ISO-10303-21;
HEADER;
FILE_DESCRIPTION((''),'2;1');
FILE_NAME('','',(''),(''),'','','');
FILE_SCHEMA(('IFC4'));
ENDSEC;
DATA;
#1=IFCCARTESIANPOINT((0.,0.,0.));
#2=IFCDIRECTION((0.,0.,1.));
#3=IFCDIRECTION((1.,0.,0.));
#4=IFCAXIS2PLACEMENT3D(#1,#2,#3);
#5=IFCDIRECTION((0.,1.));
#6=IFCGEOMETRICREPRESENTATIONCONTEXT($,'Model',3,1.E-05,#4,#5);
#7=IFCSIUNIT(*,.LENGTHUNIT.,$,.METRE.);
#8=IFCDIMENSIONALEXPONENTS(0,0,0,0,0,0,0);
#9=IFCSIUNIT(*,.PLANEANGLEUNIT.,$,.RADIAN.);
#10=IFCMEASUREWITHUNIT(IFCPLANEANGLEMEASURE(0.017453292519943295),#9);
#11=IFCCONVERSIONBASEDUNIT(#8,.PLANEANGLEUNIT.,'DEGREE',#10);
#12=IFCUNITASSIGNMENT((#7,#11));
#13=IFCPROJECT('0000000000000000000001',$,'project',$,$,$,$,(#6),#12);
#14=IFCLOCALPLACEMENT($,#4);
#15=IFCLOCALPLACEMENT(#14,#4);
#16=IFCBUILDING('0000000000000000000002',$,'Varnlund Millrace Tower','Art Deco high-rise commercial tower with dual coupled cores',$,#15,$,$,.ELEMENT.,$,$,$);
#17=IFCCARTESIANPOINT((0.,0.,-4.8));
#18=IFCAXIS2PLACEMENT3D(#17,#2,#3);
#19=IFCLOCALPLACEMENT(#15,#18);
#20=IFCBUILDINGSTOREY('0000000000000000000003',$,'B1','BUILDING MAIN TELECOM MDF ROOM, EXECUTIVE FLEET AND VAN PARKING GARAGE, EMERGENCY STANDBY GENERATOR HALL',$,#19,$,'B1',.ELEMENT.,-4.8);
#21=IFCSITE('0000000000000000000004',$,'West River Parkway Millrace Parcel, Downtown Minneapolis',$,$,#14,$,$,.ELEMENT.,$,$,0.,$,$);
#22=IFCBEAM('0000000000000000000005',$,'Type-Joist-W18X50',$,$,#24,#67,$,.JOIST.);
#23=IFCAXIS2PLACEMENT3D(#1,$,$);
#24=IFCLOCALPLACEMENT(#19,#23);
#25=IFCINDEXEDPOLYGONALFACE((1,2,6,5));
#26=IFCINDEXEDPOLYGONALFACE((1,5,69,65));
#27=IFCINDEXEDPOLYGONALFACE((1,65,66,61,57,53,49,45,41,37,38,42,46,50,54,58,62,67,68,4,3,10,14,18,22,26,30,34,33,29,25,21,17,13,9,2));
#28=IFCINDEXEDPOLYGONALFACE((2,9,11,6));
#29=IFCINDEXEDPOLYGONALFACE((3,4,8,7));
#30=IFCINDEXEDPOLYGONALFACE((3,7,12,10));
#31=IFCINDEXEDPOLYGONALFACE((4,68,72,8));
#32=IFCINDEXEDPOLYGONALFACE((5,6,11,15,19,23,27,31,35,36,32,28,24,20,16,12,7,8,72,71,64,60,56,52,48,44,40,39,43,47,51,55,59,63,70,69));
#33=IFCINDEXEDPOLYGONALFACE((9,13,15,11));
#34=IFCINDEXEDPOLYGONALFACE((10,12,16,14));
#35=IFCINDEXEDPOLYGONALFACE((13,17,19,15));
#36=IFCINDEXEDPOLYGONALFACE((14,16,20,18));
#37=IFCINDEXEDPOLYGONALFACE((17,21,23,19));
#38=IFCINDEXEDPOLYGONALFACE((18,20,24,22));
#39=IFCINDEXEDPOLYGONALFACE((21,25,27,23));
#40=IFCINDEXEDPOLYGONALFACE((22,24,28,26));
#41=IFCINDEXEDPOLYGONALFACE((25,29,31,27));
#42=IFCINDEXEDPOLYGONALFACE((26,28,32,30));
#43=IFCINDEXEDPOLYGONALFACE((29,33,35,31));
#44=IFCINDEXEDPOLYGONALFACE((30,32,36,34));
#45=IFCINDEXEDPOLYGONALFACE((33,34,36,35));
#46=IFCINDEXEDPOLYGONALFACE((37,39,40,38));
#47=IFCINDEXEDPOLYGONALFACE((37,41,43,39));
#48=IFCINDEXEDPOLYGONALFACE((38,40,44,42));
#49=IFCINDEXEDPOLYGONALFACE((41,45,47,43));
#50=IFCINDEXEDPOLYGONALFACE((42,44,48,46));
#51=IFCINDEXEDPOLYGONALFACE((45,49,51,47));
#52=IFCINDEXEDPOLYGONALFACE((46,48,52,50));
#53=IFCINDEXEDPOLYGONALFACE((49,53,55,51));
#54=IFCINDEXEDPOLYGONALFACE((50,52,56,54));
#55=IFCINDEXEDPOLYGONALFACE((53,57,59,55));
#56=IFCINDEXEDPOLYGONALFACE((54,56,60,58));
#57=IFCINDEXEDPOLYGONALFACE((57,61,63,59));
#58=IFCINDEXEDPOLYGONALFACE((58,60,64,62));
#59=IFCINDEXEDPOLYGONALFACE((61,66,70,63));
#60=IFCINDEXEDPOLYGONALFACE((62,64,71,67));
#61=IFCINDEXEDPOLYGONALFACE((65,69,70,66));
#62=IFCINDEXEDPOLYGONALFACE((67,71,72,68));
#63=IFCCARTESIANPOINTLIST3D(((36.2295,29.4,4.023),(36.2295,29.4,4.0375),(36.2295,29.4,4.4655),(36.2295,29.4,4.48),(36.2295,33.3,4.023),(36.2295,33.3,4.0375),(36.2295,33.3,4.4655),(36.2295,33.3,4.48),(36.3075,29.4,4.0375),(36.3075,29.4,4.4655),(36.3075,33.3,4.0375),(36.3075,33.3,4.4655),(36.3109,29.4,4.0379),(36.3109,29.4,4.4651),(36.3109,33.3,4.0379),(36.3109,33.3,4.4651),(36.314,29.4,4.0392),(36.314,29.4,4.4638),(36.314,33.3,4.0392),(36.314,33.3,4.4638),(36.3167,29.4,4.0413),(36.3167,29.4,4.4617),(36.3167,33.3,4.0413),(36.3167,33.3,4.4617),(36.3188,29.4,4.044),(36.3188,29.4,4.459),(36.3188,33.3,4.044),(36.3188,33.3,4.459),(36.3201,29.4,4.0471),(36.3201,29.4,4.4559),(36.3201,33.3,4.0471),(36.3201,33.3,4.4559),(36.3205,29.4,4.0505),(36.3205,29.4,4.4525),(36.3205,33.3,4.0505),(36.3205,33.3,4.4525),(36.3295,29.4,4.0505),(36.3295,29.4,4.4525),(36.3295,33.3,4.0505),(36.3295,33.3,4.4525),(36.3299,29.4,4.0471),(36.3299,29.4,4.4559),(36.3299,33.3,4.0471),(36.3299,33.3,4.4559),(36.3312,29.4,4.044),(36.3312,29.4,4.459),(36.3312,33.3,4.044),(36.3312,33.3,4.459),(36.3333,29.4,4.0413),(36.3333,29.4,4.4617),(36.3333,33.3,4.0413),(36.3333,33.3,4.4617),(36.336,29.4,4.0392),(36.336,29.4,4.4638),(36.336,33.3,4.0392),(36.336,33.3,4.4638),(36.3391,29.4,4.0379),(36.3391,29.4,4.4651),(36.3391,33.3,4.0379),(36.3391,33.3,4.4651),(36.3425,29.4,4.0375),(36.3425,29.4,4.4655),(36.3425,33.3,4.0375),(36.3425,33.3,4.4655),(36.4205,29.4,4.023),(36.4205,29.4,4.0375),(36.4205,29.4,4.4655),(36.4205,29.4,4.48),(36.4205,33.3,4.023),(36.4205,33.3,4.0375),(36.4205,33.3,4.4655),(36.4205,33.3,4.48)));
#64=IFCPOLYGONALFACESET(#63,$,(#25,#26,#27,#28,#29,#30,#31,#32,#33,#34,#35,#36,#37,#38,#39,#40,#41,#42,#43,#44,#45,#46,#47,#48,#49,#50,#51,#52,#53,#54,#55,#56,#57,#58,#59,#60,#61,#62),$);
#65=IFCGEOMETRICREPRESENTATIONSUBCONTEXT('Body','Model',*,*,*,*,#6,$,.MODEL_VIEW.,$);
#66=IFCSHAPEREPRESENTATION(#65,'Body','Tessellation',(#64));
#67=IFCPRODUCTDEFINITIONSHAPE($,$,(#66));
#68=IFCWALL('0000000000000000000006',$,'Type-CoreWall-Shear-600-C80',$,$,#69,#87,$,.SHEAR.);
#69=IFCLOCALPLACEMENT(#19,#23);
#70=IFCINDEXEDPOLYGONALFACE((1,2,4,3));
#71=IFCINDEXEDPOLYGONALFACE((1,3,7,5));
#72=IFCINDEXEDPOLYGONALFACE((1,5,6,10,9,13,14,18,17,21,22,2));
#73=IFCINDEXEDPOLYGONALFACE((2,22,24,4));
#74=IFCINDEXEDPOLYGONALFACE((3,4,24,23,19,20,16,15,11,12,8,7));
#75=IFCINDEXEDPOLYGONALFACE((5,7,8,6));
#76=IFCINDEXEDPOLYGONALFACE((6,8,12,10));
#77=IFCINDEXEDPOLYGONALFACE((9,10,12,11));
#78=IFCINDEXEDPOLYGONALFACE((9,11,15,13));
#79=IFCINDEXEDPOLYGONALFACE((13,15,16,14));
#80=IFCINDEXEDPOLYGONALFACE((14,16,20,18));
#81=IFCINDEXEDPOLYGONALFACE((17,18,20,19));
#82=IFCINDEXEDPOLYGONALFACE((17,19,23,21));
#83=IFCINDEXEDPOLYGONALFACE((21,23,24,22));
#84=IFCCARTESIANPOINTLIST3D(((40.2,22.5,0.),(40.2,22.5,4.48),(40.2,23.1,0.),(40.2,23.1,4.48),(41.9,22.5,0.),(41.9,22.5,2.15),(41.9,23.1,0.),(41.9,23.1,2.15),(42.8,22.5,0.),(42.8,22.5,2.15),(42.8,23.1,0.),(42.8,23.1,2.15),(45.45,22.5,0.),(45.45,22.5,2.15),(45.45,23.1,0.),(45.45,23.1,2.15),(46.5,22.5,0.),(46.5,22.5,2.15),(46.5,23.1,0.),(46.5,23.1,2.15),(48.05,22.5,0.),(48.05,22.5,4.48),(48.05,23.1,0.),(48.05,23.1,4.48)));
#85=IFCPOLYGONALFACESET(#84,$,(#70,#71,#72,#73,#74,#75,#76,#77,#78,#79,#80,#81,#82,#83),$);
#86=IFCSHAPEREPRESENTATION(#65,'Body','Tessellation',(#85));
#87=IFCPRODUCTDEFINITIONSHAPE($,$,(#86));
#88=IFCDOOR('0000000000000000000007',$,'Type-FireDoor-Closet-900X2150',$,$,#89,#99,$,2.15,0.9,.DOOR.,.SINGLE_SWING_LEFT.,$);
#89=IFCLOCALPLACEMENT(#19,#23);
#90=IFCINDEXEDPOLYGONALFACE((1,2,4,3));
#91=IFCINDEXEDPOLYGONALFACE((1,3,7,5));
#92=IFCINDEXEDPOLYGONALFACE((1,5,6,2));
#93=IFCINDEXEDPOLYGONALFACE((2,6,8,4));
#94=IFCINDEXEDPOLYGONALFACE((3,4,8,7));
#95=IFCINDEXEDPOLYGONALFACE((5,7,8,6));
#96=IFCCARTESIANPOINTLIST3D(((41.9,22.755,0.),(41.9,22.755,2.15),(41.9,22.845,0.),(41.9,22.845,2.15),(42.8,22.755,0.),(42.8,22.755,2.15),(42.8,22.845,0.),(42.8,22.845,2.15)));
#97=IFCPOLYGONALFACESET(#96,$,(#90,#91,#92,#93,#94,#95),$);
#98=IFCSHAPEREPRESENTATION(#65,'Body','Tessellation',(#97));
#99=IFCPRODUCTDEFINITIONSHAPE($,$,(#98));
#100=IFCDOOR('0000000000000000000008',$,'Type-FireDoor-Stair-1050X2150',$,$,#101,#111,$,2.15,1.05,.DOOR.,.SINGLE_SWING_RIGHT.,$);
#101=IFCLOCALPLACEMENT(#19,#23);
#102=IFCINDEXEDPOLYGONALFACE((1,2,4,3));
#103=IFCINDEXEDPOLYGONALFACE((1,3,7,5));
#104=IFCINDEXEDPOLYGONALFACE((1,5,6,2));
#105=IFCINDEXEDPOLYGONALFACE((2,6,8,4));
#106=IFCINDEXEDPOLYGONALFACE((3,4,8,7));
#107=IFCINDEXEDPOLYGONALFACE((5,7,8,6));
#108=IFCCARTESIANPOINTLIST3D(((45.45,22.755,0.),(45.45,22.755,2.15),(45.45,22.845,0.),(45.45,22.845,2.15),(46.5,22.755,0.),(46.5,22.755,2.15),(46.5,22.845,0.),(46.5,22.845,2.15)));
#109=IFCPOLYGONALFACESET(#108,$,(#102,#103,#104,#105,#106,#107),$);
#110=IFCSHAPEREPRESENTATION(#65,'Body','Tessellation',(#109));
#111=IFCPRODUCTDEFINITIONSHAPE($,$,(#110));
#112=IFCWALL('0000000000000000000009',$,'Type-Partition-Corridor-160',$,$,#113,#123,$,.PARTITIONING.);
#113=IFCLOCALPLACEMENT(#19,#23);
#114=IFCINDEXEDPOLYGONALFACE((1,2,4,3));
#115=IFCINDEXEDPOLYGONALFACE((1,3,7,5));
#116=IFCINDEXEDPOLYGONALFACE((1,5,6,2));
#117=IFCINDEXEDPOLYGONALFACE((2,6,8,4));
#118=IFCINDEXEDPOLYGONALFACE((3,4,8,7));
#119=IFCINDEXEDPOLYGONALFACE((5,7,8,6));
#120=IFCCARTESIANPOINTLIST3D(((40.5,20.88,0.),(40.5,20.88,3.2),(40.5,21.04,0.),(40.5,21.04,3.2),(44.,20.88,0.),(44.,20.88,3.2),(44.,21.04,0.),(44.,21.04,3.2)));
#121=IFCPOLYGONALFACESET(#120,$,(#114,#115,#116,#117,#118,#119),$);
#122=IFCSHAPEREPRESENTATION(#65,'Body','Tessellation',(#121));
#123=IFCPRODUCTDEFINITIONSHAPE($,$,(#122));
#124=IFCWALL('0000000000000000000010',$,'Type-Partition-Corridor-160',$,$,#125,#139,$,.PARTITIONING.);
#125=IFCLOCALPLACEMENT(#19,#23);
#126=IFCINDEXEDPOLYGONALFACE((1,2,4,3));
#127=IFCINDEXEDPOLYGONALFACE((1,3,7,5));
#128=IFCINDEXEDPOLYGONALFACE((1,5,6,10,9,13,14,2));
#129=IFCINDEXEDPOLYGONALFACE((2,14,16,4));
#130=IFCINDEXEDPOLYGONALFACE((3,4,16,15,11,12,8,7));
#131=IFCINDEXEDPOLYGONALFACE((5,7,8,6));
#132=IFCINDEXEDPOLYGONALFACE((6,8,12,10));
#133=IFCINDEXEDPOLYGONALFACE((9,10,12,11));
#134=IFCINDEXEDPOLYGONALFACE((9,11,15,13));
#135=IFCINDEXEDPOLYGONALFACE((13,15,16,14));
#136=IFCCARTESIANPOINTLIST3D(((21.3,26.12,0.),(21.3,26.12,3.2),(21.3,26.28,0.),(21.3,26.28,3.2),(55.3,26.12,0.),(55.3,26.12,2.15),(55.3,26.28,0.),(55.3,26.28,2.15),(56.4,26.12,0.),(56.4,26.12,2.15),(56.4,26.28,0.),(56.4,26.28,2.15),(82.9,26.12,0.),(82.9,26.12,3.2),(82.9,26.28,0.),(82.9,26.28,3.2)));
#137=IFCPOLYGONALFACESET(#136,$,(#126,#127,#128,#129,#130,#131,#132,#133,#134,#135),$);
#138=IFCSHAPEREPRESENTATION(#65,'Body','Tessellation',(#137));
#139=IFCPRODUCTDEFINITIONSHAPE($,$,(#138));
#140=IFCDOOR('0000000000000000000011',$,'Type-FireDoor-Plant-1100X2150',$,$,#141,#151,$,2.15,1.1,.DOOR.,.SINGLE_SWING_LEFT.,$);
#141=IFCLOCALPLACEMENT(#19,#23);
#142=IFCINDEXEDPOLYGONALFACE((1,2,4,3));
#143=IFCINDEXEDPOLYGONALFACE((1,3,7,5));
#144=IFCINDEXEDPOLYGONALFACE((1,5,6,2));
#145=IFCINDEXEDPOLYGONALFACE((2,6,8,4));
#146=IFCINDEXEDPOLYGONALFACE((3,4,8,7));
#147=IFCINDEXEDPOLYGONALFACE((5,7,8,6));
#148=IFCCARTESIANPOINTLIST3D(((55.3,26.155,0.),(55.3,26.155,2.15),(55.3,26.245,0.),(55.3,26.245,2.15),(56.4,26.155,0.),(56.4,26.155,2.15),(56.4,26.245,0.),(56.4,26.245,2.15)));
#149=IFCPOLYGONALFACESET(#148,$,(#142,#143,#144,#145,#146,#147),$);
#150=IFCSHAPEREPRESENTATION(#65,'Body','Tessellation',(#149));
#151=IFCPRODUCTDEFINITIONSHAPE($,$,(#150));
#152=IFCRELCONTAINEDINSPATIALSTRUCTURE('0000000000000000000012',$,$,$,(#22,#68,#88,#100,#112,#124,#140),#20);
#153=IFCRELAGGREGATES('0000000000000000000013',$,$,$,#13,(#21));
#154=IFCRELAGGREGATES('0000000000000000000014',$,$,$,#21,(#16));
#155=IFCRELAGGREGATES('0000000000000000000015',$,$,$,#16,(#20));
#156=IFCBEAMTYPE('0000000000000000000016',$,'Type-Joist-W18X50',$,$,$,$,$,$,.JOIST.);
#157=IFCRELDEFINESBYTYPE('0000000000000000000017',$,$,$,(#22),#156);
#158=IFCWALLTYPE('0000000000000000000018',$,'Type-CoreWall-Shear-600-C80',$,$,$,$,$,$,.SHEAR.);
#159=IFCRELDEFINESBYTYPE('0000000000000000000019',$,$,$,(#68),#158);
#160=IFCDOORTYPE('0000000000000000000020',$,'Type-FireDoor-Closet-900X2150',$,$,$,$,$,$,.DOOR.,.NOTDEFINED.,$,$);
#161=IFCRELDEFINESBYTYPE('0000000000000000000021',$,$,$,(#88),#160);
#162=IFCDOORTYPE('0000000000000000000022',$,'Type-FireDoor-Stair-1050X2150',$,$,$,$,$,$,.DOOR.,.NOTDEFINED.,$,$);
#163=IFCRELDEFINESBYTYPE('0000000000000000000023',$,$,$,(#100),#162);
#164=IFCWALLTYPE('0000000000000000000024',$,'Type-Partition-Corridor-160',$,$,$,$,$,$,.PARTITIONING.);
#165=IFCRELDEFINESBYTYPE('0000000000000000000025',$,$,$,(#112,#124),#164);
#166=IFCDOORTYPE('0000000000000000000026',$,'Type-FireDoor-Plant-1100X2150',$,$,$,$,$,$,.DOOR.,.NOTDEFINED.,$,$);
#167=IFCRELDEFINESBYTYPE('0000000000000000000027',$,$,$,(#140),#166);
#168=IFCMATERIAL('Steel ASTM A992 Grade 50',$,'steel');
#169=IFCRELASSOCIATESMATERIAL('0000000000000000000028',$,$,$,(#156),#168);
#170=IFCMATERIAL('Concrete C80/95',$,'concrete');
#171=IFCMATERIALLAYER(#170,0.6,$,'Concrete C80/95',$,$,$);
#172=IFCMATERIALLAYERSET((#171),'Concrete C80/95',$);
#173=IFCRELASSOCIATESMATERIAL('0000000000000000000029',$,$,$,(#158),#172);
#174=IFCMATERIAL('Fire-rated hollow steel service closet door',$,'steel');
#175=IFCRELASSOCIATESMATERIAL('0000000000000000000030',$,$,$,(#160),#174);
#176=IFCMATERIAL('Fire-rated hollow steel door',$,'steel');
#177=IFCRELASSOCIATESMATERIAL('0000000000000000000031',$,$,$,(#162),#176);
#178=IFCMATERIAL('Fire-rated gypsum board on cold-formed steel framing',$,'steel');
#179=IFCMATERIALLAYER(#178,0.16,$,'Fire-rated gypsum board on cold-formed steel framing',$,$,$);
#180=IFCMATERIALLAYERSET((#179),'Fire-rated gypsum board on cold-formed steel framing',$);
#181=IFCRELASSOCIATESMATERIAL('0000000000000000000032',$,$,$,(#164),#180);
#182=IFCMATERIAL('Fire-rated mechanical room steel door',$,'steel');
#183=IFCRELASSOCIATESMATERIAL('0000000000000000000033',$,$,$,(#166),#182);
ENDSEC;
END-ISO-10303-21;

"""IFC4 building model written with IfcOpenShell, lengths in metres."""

from ifc_helpers import new_model, entity, si_unit, converted_unit, direction, frame, origin_with_axes, origin_2d_with_axis, place, context, subcontext, project, spatial, polyline, rectangle, i_section, outline, extrude, material, layer, layer_set, material_profile, profile_set, type_object, element, fill, save


model = new_model("IFC4")

# Units and contexts
model_context = context("Model", 3, precision=1e-05, world=origin_with_axes(), true_north=direction((0.0, 1.0)))
body_context = subcontext(model_context, "Body", "Model", "MODEL_VIEW")
ifc_project = project(units=[si_unit("LENGTHUNIT", "METRE"), converted_unit("PLANEANGLEUNIT", "DEGREE", entity("IfcPlaneAngleMeasure", 0.017453292519943295), si_unit("PLANEANGLEUNIT", "RADIAN"), dimensions=[0, 0, 0, 0, 0, 0, 0])], contexts=[model_context])

# Site, building, storey
site_placement = place(None, origin_with_axes())
site = spatial("IfcSite", under=ifc_project, at=site_placement, Name="West River Parkway Millrace Parcel, Downtown Minneapolis", CompositionType="ELEMENT", RefElevation=0.0)
building_placement = place(site_placement, origin_with_axes())
building = spatial("IfcBuilding", under=site, at=building_placement, Name="Varnlund Millrace Tower", Description="Art Deco high-rise commercial tower with dual coupled cores", CompositionType="ELEMENT")
storey_placement = place(building_placement, frame((0.0, 0.0, -4.8), z_axis=(0.0, 0.0, 1.0), x_axis=(1.0, 0.0, 0.0)))
storey = spatial("IfcBuildingStorey", under=building, at=storey_placement, Name="B1", Description="BUILDING MAIN TELECOM MDF ROOM, EXECUTIVE FLEET AND VAN PARKING GARAGE, EMERGENCY STANDBY GENERATOR HALL", LongName="B1", CompositionType="ELEMENT", Elevation=-4.8)

# Shared definitions
ifc_material_1 = material(Name="Concrete C80/95", Category="concrete")

# Beam
ifc_material_2 = material(Name="Steel ASTM A992 Grade 50", Category="steel")
ifc_material_profile_1 = material_profile(ifc_material_2, i_section(OverallWidth=0.191, OverallDepth=0.457, WebThickness=0.009, FlangeThickness=0.0145, FilletRadius=0.013, at=origin_2d_with_axis()), Name="Steel ASTM A992 Grade 50")
ifc_profile_set_1 = profile_set([ifc_material_profile_1], Name="Steel ASTM A992 Grade 50")
beam_type_1 = type_object("IfcBeamType", Name="Type-Joist-W18X50", PredefinedType="JOIST", material=ifc_profile_set_1)
for number, where, z_axis, x_axis, name in (
    (1, (36.325, 29.4, 4.2515), (0.0, 1.0, 0.0), (-1.0, 0.0, 0.0), "Type-Joist-W18X50"),
):
    element("IfcBeam", number, at=place(storey_placement, frame(where, z_axis=z_axis, x_axis=x_axis)), inside=storey, type_object=beam_type_1, Name=name, PredefinedType="JOIST", context=body_context, shape_type="SweptSolid", body=[
        extrude(i_section(OverallWidth=0.191, OverallDepth=0.457, WebThickness=0.009, FlangeThickness=0.0145, FilletRadius=0.013, at=origin_2d_with_axis()), origin_with_axes(), (0.0, 0.0, 1.0), 3.9),
    ])

# Wall, openings, doors
ifc_layer_1 = layer(ifc_material_1, 0.6, Name="Concrete C80/95")
ifc_layer_set_1 = layer_set([ifc_layer_1], Name="Concrete C80/95")
wall_type_1 = type_object("IfcWallType", Name="Type-CoreWall-Shear-600-C80", PredefinedType="SHEAR", material=ifc_layer_set_1)
wall_1_placement = place(storey_placement, frame((40.2, 22.8, 0.0), z_axis=(0.0, 0.0, 1.0), x_axis=(1.0, 0.0, 0.0)))
wall_1 = element("IfcWall", 2, at=wall_1_placement, inside=storey, type_object=wall_type_1, Name="Type-CoreWall-Shear-600-C80", PredefinedType="SHEAR", context=body_context, shape_type="SweptSolid", body=[
    extrude(outline(polyline([(0.0, -0.3), (7.85, -0.3), (7.85, 0.3), (0.0, 0.3), (0.0, -0.3)])), origin_with_axes(), (0.0, 0.0, 1.0), 4.48),
])
opening_1_placement = place(wall_1_placement, frame((5.775, 0.0, 0.0), z_axis=(0.0, 0.0, 1.0), x_axis=(1.0, 0.0, 0.0)))
opening_1 = element("IfcOpeningElement", 3, at=opening_1_placement, cuts=wall_1, PredefinedType="OPENING", context=body_context, shape_type="SweptSolid", body=[
    extrude(rectangle(XDim=1.05, YDim=0.62, at=origin_2d_with_axis()), origin_with_axes(), (0.0, 0.0, 1.0), 2.15),
])
opening_2_placement = place(wall_1_placement, frame((2.15, 0.0, 0.0), z_axis=(0.0, 0.0, 1.0), x_axis=(1.0, 0.0, 0.0)))
opening_2 = element("IfcOpeningElement", 4, at=opening_2_placement, cuts=wall_1, PredefinedType="OPENING", context=body_context, shape_type="SweptSolid", body=[
    extrude(rectangle(XDim=0.9, YDim=0.62, at=origin_2d_with_axis()), origin_with_axes(), (0.0, 0.0, 1.0), 2.15),
])
ifc_material_3 = material(Name="Fire-rated hollow steel service closet door", Category="steel")
door_type_1 = type_object("IfcDoorType", Name="Type-FireDoor-Closet-900X2150", OperationType="NOTDEFINED", PredefinedType="DOOR", material=ifc_material_3)
door_1_placement = place(wall_1_placement, frame((2.15, 0.0, 0.0), z_axis=(0.0, 0.0, 1.0), x_axis=(1.0, 0.0, 0.0)))
door_1 = element("IfcDoor", 5, at=door_1_placement, inside=storey, type_object=door_type_1, Name="Type-FireDoor-Closet-900X2150", OperationType="SINGLE_SWING_LEFT", OverallHeight=2.15, OverallWidth=0.9, PredefinedType="DOOR", context=body_context, shape_type="SweptSolid", body=[
    extrude(rectangle(XDim=0.9, YDim=0.09, at=origin_2d_with_axis()), origin_with_axes(), (0.0, 0.0, 1.0), 2.15),
])
fill(opening_2, door_1)
ifc_material_4 = material(Name="Fire-rated hollow steel door", Category="steel")
door_type_2 = type_object("IfcDoorType", Name="Type-FireDoor-Stair-1050X2150", OperationType="NOTDEFINED", PredefinedType="DOOR", material=ifc_material_4)
door_2_placement = place(wall_1_placement, frame((5.775, 0.0, 0.0), z_axis=(0.0, 0.0, 1.0), x_axis=(1.0, 0.0, 0.0)))
door_2 = element("IfcDoor", 6, at=door_2_placement, inside=storey, type_object=door_type_2, Name="Type-FireDoor-Stair-1050X2150", OperationType="SINGLE_SWING_RIGHT", OverallHeight=2.15, OverallWidth=1.05, PredefinedType="DOOR", context=body_context, shape_type="SweptSolid", body=[
    extrude(rectangle(XDim=1.05, YDim=0.09, at=origin_2d_with_axis()), origin_with_axes(), (0.0, 0.0, 1.0), 2.15),
])
fill(opening_1, door_2)

# Wall
ifc_material_5 = material(Name="Fire-rated gypsum board on cold-formed steel framing", Category="steel")
ifc_layer_2 = layer(ifc_material_5, 0.16, Name="Fire-rated gypsum board on cold-formed steel framing")
ifc_layer_set_2 = layer_set([ifc_layer_2], Name="Fire-rated gypsum board on cold-formed steel framing")
wall_type_2 = type_object("IfcWallType", Name="Type-Partition-Corridor-160", PredefinedType="PARTITIONING", material=ifc_layer_set_2)
wall_2_placement = place(storey_placement, frame((40.5, 20.96, 0.0), z_axis=(0.0, 0.0, 1.0), x_axis=(1.0, 0.0, 0.0)))
element("IfcWall", 7, at=wall_2_placement, inside=storey, type_object=wall_type_2, Name="Type-Partition-Corridor-160", PredefinedType="PARTITIONING", context=body_context, shape_type="SweptSolid", body=[
    extrude(outline(polyline([(0.0, -0.08), (3.5, -0.08), (3.5, 0.08), (0.0, 0.08), (0.0, -0.08)])), origin_with_axes(), (0.0, 0.0, 1.0), 3.2),
])

# Wall, opening, door
wall_3_placement = place(storey_placement, frame((21.3, 26.2, 0.0), z_axis=(0.0, 0.0, 1.0), x_axis=(1.0, 0.0, 0.0)))
wall_3 = element("IfcWall", 8, at=wall_3_placement, inside=storey, type_object=wall_type_2, Name="Type-Partition-Corridor-160", PredefinedType="PARTITIONING", context=body_context, shape_type="SweptSolid", body=[
    extrude(outline(polyline([(0.0, -0.08), (61.6, -0.08), (61.6, 0.08), (0.0, 0.08), (0.0, -0.08)])), origin_with_axes(), (0.0, 0.0, 1.0), 3.2),
])
opening_3_placement = place(wall_3_placement, frame((34.55, 0.0, 0.0), z_axis=(0.0, 0.0, 1.0), x_axis=(1.0, 0.0, 0.0)))
opening_3 = element("IfcOpeningElement", 9, at=opening_3_placement, cuts=wall_3, PredefinedType="OPENING", context=body_context, shape_type="SweptSolid", body=[
    extrude(rectangle(XDim=1.1, YDim=0.18, at=origin_2d_with_axis()), origin_with_axes(), (0.0, 0.0, 1.0), 2.15),
])
ifc_material_6 = material(Name="Fire-rated mechanical room steel door", Category="steel")
door_type_3 = type_object("IfcDoorType", Name="Type-FireDoor-Plant-1100X2150", OperationType="NOTDEFINED", PredefinedType="DOOR", material=ifc_material_6)
door_3_placement = place(wall_3_placement, frame((34.55, 0.0, 0.0), z_axis=(0.0, 0.0, 1.0), x_axis=(1.0, 0.0, 0.0)))
door_3 = element("IfcDoor", 10, at=door_3_placement, inside=storey, type_object=door_type_3, Name="Type-FireDoor-Plant-1100X2150", OperationType="SINGLE_SWING_LEFT", OverallHeight=2.15, OverallWidth=1.1, PredefinedType="DOOR", context=body_context, shape_type="SweptSolid", body=[
    extrude(rectangle(XDim=1.1, YDim=0.09, at=origin_2d_with_axis()), origin_with_axes(), (0.0, 0.0, 1.0), 2.15),
])
fill(opening_3, door_3)

save(model, "model.ifc")
